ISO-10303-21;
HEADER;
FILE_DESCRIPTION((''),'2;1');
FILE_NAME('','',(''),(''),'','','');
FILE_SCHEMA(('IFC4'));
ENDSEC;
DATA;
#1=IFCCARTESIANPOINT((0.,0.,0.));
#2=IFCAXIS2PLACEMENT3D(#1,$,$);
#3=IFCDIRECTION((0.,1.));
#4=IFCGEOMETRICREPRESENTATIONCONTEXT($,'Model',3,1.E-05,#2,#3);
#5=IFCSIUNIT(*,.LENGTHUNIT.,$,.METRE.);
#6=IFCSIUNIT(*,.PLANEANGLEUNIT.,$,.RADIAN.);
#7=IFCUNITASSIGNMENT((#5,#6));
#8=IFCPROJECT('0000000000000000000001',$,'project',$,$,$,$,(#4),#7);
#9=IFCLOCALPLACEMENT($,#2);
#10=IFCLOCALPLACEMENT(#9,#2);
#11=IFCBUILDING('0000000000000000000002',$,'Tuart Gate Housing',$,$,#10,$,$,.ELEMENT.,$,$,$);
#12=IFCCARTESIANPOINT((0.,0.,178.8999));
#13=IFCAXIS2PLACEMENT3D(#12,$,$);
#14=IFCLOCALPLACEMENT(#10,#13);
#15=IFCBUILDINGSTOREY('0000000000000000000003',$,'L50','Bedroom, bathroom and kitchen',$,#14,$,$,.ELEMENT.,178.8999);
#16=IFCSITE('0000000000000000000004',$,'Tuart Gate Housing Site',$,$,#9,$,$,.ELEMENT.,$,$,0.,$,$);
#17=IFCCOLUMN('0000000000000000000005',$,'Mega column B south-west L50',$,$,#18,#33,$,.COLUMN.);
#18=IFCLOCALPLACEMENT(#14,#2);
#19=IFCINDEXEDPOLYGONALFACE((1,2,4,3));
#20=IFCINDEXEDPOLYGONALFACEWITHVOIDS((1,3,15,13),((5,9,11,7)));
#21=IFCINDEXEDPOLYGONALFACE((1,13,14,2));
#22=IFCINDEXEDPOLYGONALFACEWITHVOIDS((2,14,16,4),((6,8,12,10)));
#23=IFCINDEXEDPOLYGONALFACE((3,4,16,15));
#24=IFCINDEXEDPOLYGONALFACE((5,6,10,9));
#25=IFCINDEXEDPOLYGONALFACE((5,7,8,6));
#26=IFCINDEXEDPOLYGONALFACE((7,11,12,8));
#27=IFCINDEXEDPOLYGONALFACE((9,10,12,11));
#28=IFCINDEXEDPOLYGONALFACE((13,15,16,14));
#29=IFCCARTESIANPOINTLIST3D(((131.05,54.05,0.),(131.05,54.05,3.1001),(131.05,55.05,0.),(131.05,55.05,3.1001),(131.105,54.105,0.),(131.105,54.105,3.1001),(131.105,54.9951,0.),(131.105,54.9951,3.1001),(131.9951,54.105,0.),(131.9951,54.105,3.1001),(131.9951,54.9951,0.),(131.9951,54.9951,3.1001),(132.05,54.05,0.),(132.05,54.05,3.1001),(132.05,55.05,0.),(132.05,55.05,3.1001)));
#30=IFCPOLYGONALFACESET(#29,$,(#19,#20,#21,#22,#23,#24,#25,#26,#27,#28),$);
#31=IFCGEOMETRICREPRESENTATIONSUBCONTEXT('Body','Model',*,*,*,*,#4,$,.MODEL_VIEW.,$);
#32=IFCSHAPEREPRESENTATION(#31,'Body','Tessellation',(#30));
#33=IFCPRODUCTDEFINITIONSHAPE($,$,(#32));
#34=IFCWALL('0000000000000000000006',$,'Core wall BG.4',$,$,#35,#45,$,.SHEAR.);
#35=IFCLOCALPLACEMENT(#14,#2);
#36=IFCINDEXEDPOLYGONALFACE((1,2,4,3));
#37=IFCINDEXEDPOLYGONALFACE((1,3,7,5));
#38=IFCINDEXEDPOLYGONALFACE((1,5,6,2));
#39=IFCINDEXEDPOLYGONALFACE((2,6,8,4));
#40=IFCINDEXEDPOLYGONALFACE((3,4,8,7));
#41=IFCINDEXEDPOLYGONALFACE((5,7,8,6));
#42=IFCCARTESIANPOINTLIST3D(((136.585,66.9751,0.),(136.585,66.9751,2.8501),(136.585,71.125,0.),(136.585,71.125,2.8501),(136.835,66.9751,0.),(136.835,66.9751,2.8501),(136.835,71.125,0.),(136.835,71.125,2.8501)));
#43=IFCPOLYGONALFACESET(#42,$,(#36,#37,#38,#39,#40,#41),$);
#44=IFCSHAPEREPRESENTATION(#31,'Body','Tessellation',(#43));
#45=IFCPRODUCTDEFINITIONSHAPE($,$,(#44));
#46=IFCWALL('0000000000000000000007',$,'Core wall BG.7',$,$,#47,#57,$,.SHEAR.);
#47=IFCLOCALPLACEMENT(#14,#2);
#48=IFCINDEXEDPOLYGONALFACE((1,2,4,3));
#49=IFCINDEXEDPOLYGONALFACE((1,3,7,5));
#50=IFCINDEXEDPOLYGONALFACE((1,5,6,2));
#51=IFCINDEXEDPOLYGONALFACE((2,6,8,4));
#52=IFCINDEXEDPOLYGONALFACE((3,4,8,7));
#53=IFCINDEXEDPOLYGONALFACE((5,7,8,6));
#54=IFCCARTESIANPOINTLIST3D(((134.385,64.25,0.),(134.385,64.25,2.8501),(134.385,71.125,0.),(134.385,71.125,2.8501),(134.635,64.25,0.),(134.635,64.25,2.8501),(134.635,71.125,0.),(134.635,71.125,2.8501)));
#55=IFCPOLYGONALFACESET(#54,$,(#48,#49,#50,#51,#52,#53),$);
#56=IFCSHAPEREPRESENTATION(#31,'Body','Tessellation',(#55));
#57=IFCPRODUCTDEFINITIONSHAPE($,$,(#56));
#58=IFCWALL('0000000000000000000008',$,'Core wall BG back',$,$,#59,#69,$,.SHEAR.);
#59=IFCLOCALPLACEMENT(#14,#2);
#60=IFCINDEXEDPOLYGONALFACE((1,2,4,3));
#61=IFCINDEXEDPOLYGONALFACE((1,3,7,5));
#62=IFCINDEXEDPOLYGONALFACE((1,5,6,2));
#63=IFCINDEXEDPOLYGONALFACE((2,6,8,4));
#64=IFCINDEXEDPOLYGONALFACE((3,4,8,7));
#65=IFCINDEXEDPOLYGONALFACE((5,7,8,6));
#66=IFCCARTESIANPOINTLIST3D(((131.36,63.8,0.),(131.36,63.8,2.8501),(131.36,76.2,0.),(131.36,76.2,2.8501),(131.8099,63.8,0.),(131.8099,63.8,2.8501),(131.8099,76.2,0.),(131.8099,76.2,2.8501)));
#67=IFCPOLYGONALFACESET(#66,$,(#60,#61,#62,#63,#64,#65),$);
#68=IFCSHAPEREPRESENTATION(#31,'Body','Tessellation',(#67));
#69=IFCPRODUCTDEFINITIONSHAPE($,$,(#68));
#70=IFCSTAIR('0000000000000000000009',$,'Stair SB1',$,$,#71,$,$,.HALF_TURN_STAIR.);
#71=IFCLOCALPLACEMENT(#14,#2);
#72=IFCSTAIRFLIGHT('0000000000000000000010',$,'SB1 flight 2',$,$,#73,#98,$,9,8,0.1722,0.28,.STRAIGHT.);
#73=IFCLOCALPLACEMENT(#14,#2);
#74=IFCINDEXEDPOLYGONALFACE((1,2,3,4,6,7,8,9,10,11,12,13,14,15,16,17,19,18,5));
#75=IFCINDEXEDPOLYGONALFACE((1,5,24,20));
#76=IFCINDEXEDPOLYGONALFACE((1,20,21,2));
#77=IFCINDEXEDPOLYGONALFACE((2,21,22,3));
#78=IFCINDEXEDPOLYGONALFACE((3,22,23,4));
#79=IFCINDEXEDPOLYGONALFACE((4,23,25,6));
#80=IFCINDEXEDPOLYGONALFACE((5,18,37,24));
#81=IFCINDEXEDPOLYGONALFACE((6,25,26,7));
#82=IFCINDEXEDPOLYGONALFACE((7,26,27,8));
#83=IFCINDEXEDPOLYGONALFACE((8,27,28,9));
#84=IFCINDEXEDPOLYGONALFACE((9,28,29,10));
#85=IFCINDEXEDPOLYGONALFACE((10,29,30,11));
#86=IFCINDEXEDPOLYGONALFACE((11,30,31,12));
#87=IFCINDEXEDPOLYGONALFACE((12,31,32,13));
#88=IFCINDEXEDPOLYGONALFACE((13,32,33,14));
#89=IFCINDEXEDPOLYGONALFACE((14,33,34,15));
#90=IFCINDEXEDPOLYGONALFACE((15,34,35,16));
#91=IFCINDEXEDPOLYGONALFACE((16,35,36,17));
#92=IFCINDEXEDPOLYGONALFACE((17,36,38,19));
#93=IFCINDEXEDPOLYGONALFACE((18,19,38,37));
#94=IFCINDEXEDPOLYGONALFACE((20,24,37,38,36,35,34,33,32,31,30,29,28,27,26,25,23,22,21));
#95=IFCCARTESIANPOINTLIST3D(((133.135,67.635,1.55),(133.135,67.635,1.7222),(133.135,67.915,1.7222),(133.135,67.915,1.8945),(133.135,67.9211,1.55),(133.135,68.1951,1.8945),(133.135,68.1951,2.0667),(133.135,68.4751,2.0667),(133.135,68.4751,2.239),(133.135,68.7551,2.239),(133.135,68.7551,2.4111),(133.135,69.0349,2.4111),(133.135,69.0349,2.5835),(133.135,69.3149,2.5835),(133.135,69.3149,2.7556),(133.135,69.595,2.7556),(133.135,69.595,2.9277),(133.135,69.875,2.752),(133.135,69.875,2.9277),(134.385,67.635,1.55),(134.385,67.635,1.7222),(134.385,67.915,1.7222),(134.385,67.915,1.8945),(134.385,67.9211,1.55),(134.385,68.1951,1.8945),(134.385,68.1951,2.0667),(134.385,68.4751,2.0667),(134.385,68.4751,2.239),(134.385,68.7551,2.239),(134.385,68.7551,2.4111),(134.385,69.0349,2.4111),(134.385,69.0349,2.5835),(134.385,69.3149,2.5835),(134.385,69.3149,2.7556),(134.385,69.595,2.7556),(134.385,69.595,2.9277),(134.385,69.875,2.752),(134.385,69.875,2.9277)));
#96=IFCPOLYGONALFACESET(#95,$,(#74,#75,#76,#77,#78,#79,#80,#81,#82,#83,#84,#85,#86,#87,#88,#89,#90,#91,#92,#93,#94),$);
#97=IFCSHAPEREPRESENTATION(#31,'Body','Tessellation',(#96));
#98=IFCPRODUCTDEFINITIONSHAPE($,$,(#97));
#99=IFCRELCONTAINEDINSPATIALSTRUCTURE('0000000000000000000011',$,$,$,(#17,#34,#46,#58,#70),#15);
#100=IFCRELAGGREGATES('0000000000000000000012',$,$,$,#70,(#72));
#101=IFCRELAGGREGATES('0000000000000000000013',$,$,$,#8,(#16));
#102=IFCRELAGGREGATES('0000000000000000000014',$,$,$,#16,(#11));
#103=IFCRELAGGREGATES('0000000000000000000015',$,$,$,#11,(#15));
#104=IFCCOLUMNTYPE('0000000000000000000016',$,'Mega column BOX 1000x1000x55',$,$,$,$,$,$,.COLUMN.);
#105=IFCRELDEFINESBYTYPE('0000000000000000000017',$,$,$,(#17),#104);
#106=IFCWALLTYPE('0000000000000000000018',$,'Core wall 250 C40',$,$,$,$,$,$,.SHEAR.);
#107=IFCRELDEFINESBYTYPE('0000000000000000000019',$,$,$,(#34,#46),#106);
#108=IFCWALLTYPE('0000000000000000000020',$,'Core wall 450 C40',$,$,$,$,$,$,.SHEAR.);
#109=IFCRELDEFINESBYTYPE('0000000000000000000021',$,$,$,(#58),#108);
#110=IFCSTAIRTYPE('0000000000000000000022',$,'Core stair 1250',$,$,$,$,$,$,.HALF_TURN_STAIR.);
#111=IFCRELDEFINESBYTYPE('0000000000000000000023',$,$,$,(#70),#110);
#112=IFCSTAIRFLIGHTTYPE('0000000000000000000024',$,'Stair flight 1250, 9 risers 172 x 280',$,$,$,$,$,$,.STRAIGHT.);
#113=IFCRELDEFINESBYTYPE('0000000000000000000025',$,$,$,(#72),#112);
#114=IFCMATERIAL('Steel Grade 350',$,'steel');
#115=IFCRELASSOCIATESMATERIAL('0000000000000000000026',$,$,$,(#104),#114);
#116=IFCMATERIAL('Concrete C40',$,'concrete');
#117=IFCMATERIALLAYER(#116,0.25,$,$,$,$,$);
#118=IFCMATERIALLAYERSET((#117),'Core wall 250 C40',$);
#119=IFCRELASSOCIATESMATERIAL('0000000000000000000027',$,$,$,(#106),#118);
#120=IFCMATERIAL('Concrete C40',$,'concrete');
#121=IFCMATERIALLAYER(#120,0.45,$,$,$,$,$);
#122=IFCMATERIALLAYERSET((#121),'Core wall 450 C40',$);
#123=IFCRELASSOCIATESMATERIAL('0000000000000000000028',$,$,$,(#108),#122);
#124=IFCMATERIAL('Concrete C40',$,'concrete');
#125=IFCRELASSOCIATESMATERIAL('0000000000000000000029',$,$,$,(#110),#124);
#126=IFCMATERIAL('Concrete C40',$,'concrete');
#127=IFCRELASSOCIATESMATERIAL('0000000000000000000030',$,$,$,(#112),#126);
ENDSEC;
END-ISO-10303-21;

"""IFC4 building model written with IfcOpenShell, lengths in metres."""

from ifc_helpers import new_model, si_unit, direction, frame, frame_2d, origin, origin_2d, place, context, subcontext, project, spatial, polyline, rectangle, hollow_rectangle, outline, extrude, material, layer, layer_set, material_profile, profile_set, type_object, element, aggregate, save


model = new_model("IFC4")

# Units and contexts
model_context = context("Model", 3, precision=1e-05, world=origin(), true_north=direction((0.0, 1.0)))
body_context = subcontext(model_context, "Body", "Model", "MODEL_VIEW")
ifc_project = project(units=[si_unit("LENGTHUNIT", "METRE"), si_unit("PLANEANGLEUNIT", "RADIAN")], contexts=[model_context])

# Site, building, storey
site_placement = place(None, origin())
site = spatial("IfcSite", under=ifc_project, at=site_placement, Name="Tuart Gate Housing Site", CompositionType="ELEMENT", RefElevation=0.0)
building_placement = place(site_placement, origin())
building = spatial("IfcBuilding", under=site, at=building_placement, Name="Tuart Gate Housing", CompositionType="ELEMENT")
storey_placement = place(building_placement, frame((0.0, 0.0, 178.8999)))
storey = spatial("IfcBuildingStorey", under=building, at=storey_placement, Name="L50", Description="Bedroom, bathroom and kitchen", CompositionType="ELEMENT", Elevation=178.8999)

# Column
ifc_material_1 = material(Name="Steel Grade 350", Category="steel")
ifc_material_profile = material_profile(ifc_material_1, hollow_rectangle(XDim=1.0, YDim=1.0, WallThickness=0.0549, at=origin_2d()), Name="BOX 1000x1000x55")
ifc_profile_set = profile_set([ifc_material_profile], Name="Steel Grade 350")
column_type = type_object("IfcColumnType", Name="Mega column BOX 1000x1000x55", PredefinedType="COLUMN", material=ifc_profile_set)
column_placement = place(storey_placement, frame((131.55, 54.55, 0.0), z_axis=(0.0, 0.0, 1.0), x_axis=(1.0, 0.0, 0.0)))
element("IfcColumn", 1, at=column_placement, inside=storey, type_object=column_type, Name="Mega column B south-west L50", PredefinedType="COLUMN", context=body_context, shape_type="SweptSolid", body=[
    extrude(hollow_rectangle(XDim=1.0, YDim=1.0, WallThickness=0.0549, at=origin_2d()), origin(), (0.0, 0.0, 1.0), 3.1001),
])

# Walls
ifc_material_2 = material(Name="Concrete C40", Category="concrete")
ifc_layer_1 = layer(ifc_material_2, 0.25)
ifc_layer_set_1 = layer_set([ifc_layer_1], Name="Core wall 250 C40")
wall_type_1 = type_object("IfcWallType", Name="Core wall 250 C40", PredefinedType="SHEAR", material=ifc_layer_set_1)
wall_1_placement = place(storey_placement, frame((136.71, 66.9751, 0.0), z_axis=(0.0, 0.0, 1.0), x_axis=(0.0, 1.0, 0.0)))
element("IfcWall", 2, at=wall_1_placement, inside=storey, type_object=wall_type_1, Name="Core wall BG.4", PredefinedType="SHEAR", context=body_context, shape_type="SweptSolid", body=[
    extrude(rectangle(XDim=4.1499, YDim=0.25, at=frame_2d((2.075, 0.0))), origin(), (0.0, 0.0, 1.0), 2.8501),
])
wall_2_placement = place(storey_placement, frame((134.51, 64.25, 0.0), z_axis=(0.0, 0.0, 1.0), x_axis=(0.0, 1.0, 0.0)))
element("IfcWall", 3, at=wall_2_placement, inside=storey, type_object=wall_type_1, Name="Core wall BG.7", PredefinedType="SHEAR", context=body_context, shape_type="SweptSolid", body=[
    extrude(rectangle(XDim=6.875, YDim=0.25, at=frame_2d((3.4375, 0.0))), origin(), (0.0, 0.0, 1.0), 2.8501),
])
ifc_material_3 = material(Name="Concrete C40", Category="concrete")
ifc_layer_2 = layer(ifc_material_3, 0.45)
ifc_layer_set_2 = layer_set([ifc_layer_2], Name="Core wall 450 C40")
wall_type_2 = type_object("IfcWallType", Name="Core wall 450 C40", PredefinedType="SHEAR", material=ifc_layer_set_2)
wall_3_placement = place(storey_placement, frame((131.585, 63.8, 0.0), z_axis=(0.0, 0.0, 1.0), x_axis=(0.0, 1.0, 0.0)))
element("IfcWall", 4, at=wall_3_placement, inside=storey, type_object=wall_type_2, Name="Core wall BG back", PredefinedType="SHEAR", context=body_context, shape_type="SweptSolid", body=[
    extrude(rectangle(XDim=12.3999, YDim=0.45, at=frame_2d((6.2, 0.0))), origin(), (0.0, 0.0, 1.0), 2.8501),
])

# Stair, stair flight
ifc_material_4 = material(Name="Concrete C40", Category="concrete")
stair_type = type_object("IfcStairType", Name="Core stair 1250", PredefinedType="HALF_TURN_STAIR", material=ifc_material_4)
stair_placement = place(storey_placement, origin())
stair = element("IfcStair", 5, at=stair_placement, inside=storey, type_object=stair_type, Name="Stair SB1", PredefinedType="HALF_TURN_STAIR")
ifc_material_5 = material(Name="Concrete C40", Category="concrete")
stair_flight_type = type_object("IfcStairFlightType", Name="Stair flight 1250, 9 risers 172 x 280", PredefinedType="STRAIGHT", material=ifc_material_5)
stair_flight_placement = place(storey_placement, frame((133.76, 67.635, 1.55), z_axis=(0.0, 0.0, 1.0), x_axis=(0.0, 1.0, 0.0)))
stair_flight = element("IfcStairFlight", 6, at=stair_flight_placement, type_object=stair_flight_type, Name="SB1 flight 2", NumberOfRisers=9, NumberOfTreads=8, PredefinedType="STRAIGHT", RiserHeight=0.1722, TreadLength=0.28, context=body_context, shape_type="SweptSolid", body=[
    extrude(outline(polyline([(0.0, 0.0), (0.0, 0.1721), (0.28, 0.1721), (0.28, 0.3445), (0.5601, 0.3445), (0.5601, 0.5166), (0.8401, 0.5166), (0.8401, 0.689), (1.1201, 0.689), (1.1201, 0.8611), (1.3999, 0.8611), (1.3999, 1.0334), (1.6799, 1.0334), (1.6799, 1.2056), (1.96, 1.2056), (1.96, 1.3777), (2.24, 1.3777), (2.24, 1.55), (2.24, 1.2019), (0.2861, 0.0), (0.0, 0.0)])), frame((0.0, 0.625, 0.0), z_axis=(0.0, -1.0, 0.0), x_axis=(1.0, 0.0, 0.0)), (0.0, 0.0, 1.0), 1.25),
])
aggregate(stair, [stair_flight])

save(model, "model.ifc")
